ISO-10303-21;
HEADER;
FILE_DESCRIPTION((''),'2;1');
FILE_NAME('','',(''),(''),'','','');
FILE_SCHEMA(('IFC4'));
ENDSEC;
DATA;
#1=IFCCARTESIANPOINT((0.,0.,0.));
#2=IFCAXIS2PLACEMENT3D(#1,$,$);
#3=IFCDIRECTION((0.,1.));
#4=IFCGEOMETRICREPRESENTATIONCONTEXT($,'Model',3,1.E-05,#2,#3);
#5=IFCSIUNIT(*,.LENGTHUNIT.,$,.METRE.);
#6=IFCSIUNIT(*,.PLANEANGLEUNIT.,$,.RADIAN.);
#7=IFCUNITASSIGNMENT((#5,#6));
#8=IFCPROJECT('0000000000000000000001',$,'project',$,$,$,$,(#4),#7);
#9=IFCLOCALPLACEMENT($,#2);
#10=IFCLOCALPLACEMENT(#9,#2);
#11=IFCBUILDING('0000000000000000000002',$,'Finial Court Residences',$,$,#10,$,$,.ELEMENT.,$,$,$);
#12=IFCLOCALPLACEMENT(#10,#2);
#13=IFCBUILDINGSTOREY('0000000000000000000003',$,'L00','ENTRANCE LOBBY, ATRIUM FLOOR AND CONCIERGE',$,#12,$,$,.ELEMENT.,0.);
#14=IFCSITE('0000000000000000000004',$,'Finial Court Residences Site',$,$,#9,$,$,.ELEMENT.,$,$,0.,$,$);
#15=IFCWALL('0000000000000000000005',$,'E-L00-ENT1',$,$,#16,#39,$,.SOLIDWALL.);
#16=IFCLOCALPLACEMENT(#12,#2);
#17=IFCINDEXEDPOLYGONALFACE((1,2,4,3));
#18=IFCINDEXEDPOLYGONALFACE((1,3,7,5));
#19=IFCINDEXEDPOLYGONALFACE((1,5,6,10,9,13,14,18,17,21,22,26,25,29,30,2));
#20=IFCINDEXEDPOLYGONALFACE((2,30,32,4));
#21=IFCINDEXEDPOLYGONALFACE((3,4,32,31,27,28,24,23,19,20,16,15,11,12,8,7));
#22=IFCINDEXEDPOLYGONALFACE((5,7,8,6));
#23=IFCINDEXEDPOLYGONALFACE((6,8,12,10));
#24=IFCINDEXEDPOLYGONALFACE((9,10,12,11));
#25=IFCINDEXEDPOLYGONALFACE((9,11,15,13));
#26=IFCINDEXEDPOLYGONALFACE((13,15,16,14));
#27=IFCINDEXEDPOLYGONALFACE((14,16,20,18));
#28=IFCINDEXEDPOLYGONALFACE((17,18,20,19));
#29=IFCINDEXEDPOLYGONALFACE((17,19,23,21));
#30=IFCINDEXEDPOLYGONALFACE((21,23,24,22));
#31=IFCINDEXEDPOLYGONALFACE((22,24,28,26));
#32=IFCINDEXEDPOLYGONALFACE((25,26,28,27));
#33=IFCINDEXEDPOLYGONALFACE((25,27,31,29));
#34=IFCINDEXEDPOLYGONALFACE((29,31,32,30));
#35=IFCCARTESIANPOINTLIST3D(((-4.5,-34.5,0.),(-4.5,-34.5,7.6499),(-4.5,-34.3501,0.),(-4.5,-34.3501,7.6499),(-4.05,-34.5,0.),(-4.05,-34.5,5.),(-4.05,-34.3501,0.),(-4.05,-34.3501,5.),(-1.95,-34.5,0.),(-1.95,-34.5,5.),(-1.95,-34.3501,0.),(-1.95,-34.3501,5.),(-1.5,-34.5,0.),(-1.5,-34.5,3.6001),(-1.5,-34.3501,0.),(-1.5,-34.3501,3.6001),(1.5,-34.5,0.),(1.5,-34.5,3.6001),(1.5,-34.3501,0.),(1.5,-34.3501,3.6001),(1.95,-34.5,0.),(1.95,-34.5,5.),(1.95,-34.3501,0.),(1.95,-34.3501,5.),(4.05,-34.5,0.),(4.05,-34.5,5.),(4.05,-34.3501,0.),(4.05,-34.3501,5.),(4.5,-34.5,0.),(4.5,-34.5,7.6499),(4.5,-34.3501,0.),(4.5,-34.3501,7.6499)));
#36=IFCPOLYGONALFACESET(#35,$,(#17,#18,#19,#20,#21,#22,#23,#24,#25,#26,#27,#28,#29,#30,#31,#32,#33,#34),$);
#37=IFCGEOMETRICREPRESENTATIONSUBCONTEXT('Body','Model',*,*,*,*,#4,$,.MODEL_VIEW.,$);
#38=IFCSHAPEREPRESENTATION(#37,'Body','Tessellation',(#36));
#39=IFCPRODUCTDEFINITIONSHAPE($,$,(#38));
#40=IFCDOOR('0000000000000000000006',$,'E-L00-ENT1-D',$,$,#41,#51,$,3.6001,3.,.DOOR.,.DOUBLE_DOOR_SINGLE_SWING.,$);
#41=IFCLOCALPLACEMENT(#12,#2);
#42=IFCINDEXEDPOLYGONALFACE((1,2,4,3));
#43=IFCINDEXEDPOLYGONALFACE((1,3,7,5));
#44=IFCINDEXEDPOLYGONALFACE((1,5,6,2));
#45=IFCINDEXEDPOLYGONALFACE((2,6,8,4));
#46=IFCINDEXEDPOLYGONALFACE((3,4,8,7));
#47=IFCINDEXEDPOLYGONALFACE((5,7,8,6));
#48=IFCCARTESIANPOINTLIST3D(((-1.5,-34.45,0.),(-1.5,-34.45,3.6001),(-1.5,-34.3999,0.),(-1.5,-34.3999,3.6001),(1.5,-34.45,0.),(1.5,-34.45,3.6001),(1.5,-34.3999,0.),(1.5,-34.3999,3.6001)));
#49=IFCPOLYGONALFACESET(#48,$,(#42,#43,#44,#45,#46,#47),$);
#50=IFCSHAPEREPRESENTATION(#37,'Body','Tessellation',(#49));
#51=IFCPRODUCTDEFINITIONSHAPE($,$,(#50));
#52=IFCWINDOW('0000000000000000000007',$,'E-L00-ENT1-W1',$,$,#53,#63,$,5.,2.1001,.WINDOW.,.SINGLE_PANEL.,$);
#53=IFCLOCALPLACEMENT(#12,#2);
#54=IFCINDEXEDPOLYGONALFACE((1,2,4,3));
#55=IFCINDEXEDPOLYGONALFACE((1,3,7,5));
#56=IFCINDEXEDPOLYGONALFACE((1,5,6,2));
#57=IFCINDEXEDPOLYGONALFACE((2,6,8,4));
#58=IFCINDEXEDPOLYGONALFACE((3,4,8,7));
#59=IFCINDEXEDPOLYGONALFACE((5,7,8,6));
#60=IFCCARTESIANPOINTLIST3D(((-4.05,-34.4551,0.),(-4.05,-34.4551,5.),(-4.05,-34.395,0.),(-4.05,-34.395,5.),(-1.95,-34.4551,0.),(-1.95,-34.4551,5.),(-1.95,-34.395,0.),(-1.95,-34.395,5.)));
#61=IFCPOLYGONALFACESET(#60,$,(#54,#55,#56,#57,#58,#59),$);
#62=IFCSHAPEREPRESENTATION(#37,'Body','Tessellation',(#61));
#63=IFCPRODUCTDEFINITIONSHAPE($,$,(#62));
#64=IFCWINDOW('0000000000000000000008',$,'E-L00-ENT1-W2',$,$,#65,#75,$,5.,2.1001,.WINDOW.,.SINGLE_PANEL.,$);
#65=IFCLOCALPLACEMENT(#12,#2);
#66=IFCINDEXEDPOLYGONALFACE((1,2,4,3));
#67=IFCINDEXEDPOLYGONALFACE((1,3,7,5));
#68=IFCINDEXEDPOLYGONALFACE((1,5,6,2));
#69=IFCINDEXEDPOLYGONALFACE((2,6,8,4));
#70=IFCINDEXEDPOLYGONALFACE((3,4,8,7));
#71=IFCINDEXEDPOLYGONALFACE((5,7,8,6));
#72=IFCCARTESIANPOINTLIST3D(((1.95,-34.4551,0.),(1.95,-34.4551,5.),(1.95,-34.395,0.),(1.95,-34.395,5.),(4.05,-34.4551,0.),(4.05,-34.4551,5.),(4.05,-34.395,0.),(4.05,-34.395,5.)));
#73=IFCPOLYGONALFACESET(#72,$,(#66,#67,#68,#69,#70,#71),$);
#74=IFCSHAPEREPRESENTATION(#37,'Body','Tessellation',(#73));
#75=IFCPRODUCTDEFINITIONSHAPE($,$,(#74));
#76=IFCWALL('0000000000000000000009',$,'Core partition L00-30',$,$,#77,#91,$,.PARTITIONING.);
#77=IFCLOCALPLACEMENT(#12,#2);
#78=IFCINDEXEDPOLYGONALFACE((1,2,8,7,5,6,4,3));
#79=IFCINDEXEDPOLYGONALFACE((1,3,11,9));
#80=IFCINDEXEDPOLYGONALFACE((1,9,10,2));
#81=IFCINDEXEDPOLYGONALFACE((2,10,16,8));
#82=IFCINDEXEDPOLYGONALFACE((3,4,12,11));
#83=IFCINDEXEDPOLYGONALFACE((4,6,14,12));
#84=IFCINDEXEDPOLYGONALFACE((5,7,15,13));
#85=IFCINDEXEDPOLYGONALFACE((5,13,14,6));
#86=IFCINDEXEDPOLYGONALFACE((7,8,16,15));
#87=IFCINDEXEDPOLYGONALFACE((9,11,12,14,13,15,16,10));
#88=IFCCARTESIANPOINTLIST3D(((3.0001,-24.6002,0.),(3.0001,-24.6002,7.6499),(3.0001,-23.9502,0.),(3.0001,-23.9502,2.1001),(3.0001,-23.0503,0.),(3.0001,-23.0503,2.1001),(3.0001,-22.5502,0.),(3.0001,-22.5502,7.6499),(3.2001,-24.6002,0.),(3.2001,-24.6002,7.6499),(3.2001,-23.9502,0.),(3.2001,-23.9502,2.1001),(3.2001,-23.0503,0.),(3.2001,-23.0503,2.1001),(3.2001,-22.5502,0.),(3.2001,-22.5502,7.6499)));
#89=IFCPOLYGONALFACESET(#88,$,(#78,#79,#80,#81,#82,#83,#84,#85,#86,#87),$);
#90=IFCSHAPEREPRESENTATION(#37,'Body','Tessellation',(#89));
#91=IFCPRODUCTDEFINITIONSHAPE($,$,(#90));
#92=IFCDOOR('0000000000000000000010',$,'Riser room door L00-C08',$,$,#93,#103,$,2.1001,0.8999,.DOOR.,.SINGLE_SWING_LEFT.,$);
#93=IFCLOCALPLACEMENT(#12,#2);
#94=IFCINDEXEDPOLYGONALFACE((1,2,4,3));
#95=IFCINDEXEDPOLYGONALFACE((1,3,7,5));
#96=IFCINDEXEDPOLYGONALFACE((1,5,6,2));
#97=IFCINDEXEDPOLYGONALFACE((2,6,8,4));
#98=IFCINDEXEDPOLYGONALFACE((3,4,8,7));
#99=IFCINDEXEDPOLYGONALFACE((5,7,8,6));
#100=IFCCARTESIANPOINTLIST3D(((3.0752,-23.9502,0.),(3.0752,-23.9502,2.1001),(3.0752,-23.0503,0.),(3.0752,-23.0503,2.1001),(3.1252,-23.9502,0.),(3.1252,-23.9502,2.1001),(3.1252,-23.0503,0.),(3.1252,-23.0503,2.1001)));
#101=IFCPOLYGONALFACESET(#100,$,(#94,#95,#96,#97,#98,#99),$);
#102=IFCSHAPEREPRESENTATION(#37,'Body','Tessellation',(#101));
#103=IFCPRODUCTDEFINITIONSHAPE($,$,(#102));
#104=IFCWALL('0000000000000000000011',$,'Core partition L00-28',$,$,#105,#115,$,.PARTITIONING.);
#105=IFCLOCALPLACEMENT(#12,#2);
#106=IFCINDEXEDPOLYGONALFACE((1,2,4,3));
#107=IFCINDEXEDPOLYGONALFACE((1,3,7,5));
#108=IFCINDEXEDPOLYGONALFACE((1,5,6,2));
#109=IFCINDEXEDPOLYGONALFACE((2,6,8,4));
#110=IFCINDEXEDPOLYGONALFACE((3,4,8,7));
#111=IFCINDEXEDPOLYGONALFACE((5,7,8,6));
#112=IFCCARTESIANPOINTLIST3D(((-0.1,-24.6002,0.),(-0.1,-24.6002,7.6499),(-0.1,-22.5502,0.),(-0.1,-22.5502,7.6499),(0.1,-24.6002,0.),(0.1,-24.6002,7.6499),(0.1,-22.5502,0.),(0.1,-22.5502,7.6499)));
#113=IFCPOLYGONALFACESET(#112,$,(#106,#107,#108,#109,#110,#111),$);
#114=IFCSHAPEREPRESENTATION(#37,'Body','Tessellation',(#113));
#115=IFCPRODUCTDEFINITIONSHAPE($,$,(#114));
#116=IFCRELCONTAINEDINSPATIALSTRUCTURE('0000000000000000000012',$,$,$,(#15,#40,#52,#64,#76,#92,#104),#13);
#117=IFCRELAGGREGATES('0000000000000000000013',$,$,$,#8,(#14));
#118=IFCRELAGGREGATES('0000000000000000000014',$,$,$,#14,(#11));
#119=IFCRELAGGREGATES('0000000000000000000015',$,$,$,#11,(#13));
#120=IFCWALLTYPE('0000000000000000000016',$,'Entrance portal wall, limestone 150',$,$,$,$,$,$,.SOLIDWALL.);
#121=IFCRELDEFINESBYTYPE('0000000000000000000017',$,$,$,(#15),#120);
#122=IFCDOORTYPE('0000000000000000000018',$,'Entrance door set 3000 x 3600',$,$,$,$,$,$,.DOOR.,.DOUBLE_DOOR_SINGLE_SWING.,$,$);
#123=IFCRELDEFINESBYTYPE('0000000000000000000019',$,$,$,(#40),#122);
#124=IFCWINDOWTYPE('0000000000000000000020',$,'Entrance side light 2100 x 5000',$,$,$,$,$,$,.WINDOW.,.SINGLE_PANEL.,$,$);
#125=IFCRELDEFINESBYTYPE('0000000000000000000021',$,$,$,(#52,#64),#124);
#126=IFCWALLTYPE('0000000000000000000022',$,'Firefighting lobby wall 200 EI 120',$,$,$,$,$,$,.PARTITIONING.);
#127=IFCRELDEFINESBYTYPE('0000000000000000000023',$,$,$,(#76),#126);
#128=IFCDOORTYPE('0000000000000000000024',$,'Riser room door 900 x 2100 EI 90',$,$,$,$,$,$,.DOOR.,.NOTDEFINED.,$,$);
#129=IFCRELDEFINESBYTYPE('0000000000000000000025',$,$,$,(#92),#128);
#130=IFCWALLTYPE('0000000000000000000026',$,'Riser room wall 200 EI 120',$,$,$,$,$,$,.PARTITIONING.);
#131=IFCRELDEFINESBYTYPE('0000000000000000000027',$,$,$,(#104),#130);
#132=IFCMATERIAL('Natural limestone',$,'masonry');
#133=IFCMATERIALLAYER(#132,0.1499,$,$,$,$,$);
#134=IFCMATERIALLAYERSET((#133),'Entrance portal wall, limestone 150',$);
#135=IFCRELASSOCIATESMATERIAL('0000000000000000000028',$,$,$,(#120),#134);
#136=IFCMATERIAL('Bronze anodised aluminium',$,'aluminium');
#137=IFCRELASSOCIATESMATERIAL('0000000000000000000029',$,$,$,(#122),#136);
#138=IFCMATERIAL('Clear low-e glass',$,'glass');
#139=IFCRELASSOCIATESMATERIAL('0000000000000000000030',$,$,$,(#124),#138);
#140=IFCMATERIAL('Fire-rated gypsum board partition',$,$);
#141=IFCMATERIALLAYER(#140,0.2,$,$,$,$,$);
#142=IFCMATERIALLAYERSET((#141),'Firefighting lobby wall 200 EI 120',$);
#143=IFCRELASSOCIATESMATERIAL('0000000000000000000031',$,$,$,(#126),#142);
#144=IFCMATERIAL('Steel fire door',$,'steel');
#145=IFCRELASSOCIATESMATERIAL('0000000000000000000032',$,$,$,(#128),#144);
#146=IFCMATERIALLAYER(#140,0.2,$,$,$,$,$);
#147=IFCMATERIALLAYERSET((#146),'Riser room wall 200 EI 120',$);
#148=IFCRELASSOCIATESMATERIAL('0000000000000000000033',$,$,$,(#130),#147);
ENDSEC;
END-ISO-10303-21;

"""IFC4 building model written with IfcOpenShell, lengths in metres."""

from ifc_helpers import new_model, si_unit, direction, frame, frame_2d, origin, place, context, subcontext, project, spatial, rectangle, extrude, material, layer, layer_set, type_object, element, fill, save


model = new_model("IFC4")

# Units and contexts
model_context = context("Model", 3, precision=1e-05, world=origin(), true_north=direction((0.0, 1.0)))
body_context = subcontext(model_context, "Body", "Model", "MODEL_VIEW")
ifc_project = project(units=[si_unit("LENGTHUNIT", "METRE"), si_unit("PLANEANGLEUNIT", "RADIAN")], contexts=[model_context])

# Site, building, storey
site_placement = place(None, origin())
site = spatial("IfcSite", under=ifc_project, at=site_placement, Name="Finial Court Residences Site", CompositionType="ELEMENT", RefElevation=0.0)
building_placement = place(site_placement, origin())
building = spatial("IfcBuilding", under=site, at=building_placement, Name="Finial Court Residences", CompositionType="ELEMENT")
storey_placement = place(building_placement, origin())
storey = spatial("IfcBuildingStorey", under=building, at=storey_placement, Name="L00", Description="ENTRANCE LOBBY, ATRIUM FLOOR AND CONCIERGE", CompositionType="ELEMENT", Elevation=0.0)

# Shared definitions
ifc_material_1 = material(Name="Bronze anodised aluminium", Category="aluminium")

# Shared definitions
ifc_material_2 = material(Name="Clear low-e glass", Category="glass")

# Wall, openings, door, windows
ifc_material_3 = material(Name="Natural limestone", Category="masonry")
ifc_layer_1 = layer(ifc_material_3, 0.1499)
ifc_layer_set_1 = layer_set([ifc_layer_1], Name="Entrance portal wall, limestone 150")
wall_type_1 = type_object("IfcWallType", Name="Entrance portal wall, limestone 150", PredefinedType="SOLIDWALL", material=ifc_layer_set_1)
wall_1_placement = place(storey_placement, frame((4.5, -34.425, 0.0), z_axis=(0.0, 0.0, 1.0), x_axis=(-1.0, 0.0, 0.0)))
wall_1 = element("IfcWall", 1, at=wall_1_placement, inside=storey, type_object=wall_type_1, Name="E-L00-ENT1", PredefinedType="SOLIDWALL", context=body_context, shape_type="SweptSolid", body=[
    extrude(rectangle(XDim=9.0, YDim=0.1499, at=frame_2d((4.5, 0.0))), origin(), (0.0, 0.0, 1.0), 7.6499),
])
opening_1_placement = place(wall_1_placement, frame((3.0, 0.0, 0.0)))
opening_1 = element("IfcOpeningElement", 2, at=opening_1_placement, cuts=wall_1, PredefinedType="OPENING", context=body_context, shape_type="SweptSolid", body=[
    extrude(rectangle(XDim=3.0, YDim=3.6001, at=frame_2d((1.5, 1.8))), frame((0.0, 0.085, 0.0), z_axis=(0.0, -1.0, 0.0), x_axis=(1.0, 0.0, 0.0)), (0.0, 0.0, 1.0), 0.1699),
])
opening_2_placement = place(wall_1_placement, frame((6.45, 0.0, 0.0)))
opening_2 = element("IfcOpeningElement", 3, at=opening_2_placement, cuts=wall_1, PredefinedType="OPENING", context=body_context, shape_type="SweptSolid", body=[
    extrude(rectangle(XDim=2.1001, YDim=5.0, at=frame_2d((1.05, 2.5))), frame((0.0, 0.085, 0.0), z_axis=(0.0, -1.0, 0.0), x_axis=(1.0, 0.0, 0.0)), (0.0, 0.0, 1.0), 0.1699),
])
opening_3_placement = place(wall_1_placement, frame((0.45, 0.0, 0.0)))
opening_3 = element("IfcOpeningElement", 4, at=opening_3_placement, cuts=wall_1, PredefinedType="OPENING", context=body_context, shape_type="SweptSolid", body=[
    extrude(rectangle(XDim=2.1001, YDim=5.0, at=frame_2d((1.05, 2.5))), frame((0.0, 0.085, 0.0), z_axis=(0.0, -1.0, 0.0), x_axis=(1.0, 0.0, 0.0)), (0.0, 0.0, 1.0), 0.1699),
])
door_type_1 = type_object("IfcDoorType", Name="Entrance door set 3000 x 3600", OperationType="DOUBLE_DOOR_SINGLE_SWING", PredefinedType="DOOR", material=ifc_material_1)
door_1_placement = place(opening_1_placement, origin())
door_1 = element("IfcDoor", 5, at=door_1_placement, inside=storey, type_object=door_type_1, Name="E-L00-ENT1-D", OperationType="DOUBLE_DOOR_SINGLE_SWING", OverallHeight=3.6001, OverallWidth=3.0, PredefinedType="DOOR", context=body_context, shape_type="SweptSolid", body=[
    extrude(rectangle(XDim=3.0, YDim=3.6001, at=frame_2d((1.5, 1.8))), frame((0.0, 0.0249, 0.0), z_axis=(0.0, -1.0, 0.0), x_axis=(1.0, 0.0, 0.0)), (0.0, 0.0, 1.0), 0.05),
])
fill(opening_1, door_1)
window_type = type_object("IfcWindowType", Name="Entrance side light 2100 x 5000", PartitioningType="SINGLE_PANEL", PredefinedType="WINDOW", material=ifc_material_2)
window_1_placement = place(opening_2_placement, origin())
window_1 = element("IfcWindow", 6, at=window_1_placement, inside=storey, type_object=window_type, Name="E-L00-ENT1-W1", OverallHeight=5.0, OverallWidth=2.1001, PartitioningType="SINGLE_PANEL", PredefinedType="WINDOW", context=body_context, shape_type="SweptSolid", body=[
    extrude(rectangle(XDim=2.1001, YDim=5.0, at=frame_2d((1.05, 2.5))), frame((0.0, 0.03, 0.0), z_axis=(0.0, -1.0, 0.0), x_axis=(1.0, 0.0, 0.0)), (0.0, 0.0, 1.0), 0.0601),
])
fill(opening_2, window_1)
window_2_placement = place(opening_3_placement, origin())
window_2 = element("IfcWindow", 7, at=window_2_placement, inside=storey, type_object=window_type, Name="E-L00-ENT1-W2", OverallHeight=5.0, OverallWidth=2.1001, PartitioningType="SINGLE_PANEL", PredefinedType="WINDOW", context=body_context, shape_type="SweptSolid", body=[
    extrude(rectangle(XDim=2.1001, YDim=5.0, at=frame_2d((1.05, 2.5))), frame((0.0, 0.03, 0.0), z_axis=(0.0, -1.0, 0.0), x_axis=(1.0, 0.0, 0.0)), (0.0, 0.0, 1.0), 0.0601),
])
fill(opening_3, window_2)

# Wall, opening, door
ifc_material_4 = material(Name="Fire-rated gypsum board partition")
ifc_layer_2 = layer(ifc_material_4, 0.2)
ifc_layer_set_2 = layer_set([ifc_layer_2], Name="Firefighting lobby wall 200 EI 120")
wall_type_2 = type_object("IfcWallType", Name="Firefighting lobby wall 200 EI 120", PredefinedType="PARTITIONING", material=ifc_layer_set_2)
wall_2_placement = place(storey_placement, frame((3.1001, -24.6001, 0.0), z_axis=(0.0, 0.0, 1.0), x_axis=(0.0, 1.0, 0.0)))
wall_2 = element("IfcWall", 8, at=wall_2_placement, inside=storey, type_object=wall_type_2, Name="Core partition L00-30", PredefinedType="PARTITIONING", context=body_context, shape_type="SweptSolid", body=[
    extrude(rectangle(XDim=2.05, YDim=0.2, at=frame_2d((1.0249, 0.0))), origin(), (0.0, 0.0, 1.0), 7.6499),
])
opening_4_placement = place(wall_2_placement, frame((0.6499, 0.0, 0.0)))
opening_4 = element("IfcOpeningElement", 9, at=opening_4_placement, cuts=wall_2, PredefinedType="OPENING", context=body_context, shape_type="SweptSolid", body=[
    extrude(rectangle(XDim=0.8999, YDim=2.1001, at=frame_2d((0.45, 1.05))), frame((0.0, 0.1099, 0.0), z_axis=(0.0, -1.0, 0.0), x_axis=(1.0, 0.0, 0.0)), (0.0, 0.0, 1.0), 0.22),
])
ifc_material_5 = material(Name="Steel fire door", Category="steel")
door_type_2 = type_object("IfcDoorType", Name="Riser room door 900 x 2100 EI 90", OperationType="NOTDEFINED", PredefinedType="DOOR", material=ifc_material_5)
door_2_placement = place(opening_4_placement, origin())
door_2 = element("IfcDoor", 10, at=door_2_placement, inside=storey, type_object=door_type_2, Name="Riser room door L00-C08", OperationType="SINGLE_SWING_LEFT", OverallHeight=2.1001, OverallWidth=0.8999, PredefinedType="DOOR", context=body_context, shape_type="SweptSolid", body=[
    extrude(rectangle(XDim=0.8999, YDim=2.1001, at=frame_2d((0.45, 1.05))), frame((0.0, 0.0249, 0.0), z_axis=(0.0, -1.0, 0.0), x_axis=(1.0, 0.0, 0.0)), (0.0, 0.0, 1.0), 0.05),
])
fill(opening_4, door_2)

# Wall
ifc_layer_3 = layer(ifc_material_4, 0.2)
ifc_layer_set_3 = layer_set([ifc_layer_3], Name="Riser room wall 200 EI 120")
wall_type_3 = type_object("IfcWallType", Name="Riser room wall 200 EI 120", PredefinedType="PARTITIONING", material=ifc_layer_set_3)
wall_3_placement = place(storey_placement, frame((0.0, -24.6001, 0.0), z_axis=(0.0, 0.0, 1.0), x_axis=(0.0, 1.0, 0.0)))
element("IfcWall", 11, at=wall_3_placement, inside=storey, type_object=wall_type_3, Name="Core partition L00-28", PredefinedType="PARTITIONING", context=body_context, shape_type="SweptSolid", body=[
    extrude(rectangle(XDim=2.05, YDim=0.2, at=frame_2d((1.0249, 0.0))), origin(), (0.0, 0.0, 1.0), 7.6499),
])

save(model, "model.ifc")
